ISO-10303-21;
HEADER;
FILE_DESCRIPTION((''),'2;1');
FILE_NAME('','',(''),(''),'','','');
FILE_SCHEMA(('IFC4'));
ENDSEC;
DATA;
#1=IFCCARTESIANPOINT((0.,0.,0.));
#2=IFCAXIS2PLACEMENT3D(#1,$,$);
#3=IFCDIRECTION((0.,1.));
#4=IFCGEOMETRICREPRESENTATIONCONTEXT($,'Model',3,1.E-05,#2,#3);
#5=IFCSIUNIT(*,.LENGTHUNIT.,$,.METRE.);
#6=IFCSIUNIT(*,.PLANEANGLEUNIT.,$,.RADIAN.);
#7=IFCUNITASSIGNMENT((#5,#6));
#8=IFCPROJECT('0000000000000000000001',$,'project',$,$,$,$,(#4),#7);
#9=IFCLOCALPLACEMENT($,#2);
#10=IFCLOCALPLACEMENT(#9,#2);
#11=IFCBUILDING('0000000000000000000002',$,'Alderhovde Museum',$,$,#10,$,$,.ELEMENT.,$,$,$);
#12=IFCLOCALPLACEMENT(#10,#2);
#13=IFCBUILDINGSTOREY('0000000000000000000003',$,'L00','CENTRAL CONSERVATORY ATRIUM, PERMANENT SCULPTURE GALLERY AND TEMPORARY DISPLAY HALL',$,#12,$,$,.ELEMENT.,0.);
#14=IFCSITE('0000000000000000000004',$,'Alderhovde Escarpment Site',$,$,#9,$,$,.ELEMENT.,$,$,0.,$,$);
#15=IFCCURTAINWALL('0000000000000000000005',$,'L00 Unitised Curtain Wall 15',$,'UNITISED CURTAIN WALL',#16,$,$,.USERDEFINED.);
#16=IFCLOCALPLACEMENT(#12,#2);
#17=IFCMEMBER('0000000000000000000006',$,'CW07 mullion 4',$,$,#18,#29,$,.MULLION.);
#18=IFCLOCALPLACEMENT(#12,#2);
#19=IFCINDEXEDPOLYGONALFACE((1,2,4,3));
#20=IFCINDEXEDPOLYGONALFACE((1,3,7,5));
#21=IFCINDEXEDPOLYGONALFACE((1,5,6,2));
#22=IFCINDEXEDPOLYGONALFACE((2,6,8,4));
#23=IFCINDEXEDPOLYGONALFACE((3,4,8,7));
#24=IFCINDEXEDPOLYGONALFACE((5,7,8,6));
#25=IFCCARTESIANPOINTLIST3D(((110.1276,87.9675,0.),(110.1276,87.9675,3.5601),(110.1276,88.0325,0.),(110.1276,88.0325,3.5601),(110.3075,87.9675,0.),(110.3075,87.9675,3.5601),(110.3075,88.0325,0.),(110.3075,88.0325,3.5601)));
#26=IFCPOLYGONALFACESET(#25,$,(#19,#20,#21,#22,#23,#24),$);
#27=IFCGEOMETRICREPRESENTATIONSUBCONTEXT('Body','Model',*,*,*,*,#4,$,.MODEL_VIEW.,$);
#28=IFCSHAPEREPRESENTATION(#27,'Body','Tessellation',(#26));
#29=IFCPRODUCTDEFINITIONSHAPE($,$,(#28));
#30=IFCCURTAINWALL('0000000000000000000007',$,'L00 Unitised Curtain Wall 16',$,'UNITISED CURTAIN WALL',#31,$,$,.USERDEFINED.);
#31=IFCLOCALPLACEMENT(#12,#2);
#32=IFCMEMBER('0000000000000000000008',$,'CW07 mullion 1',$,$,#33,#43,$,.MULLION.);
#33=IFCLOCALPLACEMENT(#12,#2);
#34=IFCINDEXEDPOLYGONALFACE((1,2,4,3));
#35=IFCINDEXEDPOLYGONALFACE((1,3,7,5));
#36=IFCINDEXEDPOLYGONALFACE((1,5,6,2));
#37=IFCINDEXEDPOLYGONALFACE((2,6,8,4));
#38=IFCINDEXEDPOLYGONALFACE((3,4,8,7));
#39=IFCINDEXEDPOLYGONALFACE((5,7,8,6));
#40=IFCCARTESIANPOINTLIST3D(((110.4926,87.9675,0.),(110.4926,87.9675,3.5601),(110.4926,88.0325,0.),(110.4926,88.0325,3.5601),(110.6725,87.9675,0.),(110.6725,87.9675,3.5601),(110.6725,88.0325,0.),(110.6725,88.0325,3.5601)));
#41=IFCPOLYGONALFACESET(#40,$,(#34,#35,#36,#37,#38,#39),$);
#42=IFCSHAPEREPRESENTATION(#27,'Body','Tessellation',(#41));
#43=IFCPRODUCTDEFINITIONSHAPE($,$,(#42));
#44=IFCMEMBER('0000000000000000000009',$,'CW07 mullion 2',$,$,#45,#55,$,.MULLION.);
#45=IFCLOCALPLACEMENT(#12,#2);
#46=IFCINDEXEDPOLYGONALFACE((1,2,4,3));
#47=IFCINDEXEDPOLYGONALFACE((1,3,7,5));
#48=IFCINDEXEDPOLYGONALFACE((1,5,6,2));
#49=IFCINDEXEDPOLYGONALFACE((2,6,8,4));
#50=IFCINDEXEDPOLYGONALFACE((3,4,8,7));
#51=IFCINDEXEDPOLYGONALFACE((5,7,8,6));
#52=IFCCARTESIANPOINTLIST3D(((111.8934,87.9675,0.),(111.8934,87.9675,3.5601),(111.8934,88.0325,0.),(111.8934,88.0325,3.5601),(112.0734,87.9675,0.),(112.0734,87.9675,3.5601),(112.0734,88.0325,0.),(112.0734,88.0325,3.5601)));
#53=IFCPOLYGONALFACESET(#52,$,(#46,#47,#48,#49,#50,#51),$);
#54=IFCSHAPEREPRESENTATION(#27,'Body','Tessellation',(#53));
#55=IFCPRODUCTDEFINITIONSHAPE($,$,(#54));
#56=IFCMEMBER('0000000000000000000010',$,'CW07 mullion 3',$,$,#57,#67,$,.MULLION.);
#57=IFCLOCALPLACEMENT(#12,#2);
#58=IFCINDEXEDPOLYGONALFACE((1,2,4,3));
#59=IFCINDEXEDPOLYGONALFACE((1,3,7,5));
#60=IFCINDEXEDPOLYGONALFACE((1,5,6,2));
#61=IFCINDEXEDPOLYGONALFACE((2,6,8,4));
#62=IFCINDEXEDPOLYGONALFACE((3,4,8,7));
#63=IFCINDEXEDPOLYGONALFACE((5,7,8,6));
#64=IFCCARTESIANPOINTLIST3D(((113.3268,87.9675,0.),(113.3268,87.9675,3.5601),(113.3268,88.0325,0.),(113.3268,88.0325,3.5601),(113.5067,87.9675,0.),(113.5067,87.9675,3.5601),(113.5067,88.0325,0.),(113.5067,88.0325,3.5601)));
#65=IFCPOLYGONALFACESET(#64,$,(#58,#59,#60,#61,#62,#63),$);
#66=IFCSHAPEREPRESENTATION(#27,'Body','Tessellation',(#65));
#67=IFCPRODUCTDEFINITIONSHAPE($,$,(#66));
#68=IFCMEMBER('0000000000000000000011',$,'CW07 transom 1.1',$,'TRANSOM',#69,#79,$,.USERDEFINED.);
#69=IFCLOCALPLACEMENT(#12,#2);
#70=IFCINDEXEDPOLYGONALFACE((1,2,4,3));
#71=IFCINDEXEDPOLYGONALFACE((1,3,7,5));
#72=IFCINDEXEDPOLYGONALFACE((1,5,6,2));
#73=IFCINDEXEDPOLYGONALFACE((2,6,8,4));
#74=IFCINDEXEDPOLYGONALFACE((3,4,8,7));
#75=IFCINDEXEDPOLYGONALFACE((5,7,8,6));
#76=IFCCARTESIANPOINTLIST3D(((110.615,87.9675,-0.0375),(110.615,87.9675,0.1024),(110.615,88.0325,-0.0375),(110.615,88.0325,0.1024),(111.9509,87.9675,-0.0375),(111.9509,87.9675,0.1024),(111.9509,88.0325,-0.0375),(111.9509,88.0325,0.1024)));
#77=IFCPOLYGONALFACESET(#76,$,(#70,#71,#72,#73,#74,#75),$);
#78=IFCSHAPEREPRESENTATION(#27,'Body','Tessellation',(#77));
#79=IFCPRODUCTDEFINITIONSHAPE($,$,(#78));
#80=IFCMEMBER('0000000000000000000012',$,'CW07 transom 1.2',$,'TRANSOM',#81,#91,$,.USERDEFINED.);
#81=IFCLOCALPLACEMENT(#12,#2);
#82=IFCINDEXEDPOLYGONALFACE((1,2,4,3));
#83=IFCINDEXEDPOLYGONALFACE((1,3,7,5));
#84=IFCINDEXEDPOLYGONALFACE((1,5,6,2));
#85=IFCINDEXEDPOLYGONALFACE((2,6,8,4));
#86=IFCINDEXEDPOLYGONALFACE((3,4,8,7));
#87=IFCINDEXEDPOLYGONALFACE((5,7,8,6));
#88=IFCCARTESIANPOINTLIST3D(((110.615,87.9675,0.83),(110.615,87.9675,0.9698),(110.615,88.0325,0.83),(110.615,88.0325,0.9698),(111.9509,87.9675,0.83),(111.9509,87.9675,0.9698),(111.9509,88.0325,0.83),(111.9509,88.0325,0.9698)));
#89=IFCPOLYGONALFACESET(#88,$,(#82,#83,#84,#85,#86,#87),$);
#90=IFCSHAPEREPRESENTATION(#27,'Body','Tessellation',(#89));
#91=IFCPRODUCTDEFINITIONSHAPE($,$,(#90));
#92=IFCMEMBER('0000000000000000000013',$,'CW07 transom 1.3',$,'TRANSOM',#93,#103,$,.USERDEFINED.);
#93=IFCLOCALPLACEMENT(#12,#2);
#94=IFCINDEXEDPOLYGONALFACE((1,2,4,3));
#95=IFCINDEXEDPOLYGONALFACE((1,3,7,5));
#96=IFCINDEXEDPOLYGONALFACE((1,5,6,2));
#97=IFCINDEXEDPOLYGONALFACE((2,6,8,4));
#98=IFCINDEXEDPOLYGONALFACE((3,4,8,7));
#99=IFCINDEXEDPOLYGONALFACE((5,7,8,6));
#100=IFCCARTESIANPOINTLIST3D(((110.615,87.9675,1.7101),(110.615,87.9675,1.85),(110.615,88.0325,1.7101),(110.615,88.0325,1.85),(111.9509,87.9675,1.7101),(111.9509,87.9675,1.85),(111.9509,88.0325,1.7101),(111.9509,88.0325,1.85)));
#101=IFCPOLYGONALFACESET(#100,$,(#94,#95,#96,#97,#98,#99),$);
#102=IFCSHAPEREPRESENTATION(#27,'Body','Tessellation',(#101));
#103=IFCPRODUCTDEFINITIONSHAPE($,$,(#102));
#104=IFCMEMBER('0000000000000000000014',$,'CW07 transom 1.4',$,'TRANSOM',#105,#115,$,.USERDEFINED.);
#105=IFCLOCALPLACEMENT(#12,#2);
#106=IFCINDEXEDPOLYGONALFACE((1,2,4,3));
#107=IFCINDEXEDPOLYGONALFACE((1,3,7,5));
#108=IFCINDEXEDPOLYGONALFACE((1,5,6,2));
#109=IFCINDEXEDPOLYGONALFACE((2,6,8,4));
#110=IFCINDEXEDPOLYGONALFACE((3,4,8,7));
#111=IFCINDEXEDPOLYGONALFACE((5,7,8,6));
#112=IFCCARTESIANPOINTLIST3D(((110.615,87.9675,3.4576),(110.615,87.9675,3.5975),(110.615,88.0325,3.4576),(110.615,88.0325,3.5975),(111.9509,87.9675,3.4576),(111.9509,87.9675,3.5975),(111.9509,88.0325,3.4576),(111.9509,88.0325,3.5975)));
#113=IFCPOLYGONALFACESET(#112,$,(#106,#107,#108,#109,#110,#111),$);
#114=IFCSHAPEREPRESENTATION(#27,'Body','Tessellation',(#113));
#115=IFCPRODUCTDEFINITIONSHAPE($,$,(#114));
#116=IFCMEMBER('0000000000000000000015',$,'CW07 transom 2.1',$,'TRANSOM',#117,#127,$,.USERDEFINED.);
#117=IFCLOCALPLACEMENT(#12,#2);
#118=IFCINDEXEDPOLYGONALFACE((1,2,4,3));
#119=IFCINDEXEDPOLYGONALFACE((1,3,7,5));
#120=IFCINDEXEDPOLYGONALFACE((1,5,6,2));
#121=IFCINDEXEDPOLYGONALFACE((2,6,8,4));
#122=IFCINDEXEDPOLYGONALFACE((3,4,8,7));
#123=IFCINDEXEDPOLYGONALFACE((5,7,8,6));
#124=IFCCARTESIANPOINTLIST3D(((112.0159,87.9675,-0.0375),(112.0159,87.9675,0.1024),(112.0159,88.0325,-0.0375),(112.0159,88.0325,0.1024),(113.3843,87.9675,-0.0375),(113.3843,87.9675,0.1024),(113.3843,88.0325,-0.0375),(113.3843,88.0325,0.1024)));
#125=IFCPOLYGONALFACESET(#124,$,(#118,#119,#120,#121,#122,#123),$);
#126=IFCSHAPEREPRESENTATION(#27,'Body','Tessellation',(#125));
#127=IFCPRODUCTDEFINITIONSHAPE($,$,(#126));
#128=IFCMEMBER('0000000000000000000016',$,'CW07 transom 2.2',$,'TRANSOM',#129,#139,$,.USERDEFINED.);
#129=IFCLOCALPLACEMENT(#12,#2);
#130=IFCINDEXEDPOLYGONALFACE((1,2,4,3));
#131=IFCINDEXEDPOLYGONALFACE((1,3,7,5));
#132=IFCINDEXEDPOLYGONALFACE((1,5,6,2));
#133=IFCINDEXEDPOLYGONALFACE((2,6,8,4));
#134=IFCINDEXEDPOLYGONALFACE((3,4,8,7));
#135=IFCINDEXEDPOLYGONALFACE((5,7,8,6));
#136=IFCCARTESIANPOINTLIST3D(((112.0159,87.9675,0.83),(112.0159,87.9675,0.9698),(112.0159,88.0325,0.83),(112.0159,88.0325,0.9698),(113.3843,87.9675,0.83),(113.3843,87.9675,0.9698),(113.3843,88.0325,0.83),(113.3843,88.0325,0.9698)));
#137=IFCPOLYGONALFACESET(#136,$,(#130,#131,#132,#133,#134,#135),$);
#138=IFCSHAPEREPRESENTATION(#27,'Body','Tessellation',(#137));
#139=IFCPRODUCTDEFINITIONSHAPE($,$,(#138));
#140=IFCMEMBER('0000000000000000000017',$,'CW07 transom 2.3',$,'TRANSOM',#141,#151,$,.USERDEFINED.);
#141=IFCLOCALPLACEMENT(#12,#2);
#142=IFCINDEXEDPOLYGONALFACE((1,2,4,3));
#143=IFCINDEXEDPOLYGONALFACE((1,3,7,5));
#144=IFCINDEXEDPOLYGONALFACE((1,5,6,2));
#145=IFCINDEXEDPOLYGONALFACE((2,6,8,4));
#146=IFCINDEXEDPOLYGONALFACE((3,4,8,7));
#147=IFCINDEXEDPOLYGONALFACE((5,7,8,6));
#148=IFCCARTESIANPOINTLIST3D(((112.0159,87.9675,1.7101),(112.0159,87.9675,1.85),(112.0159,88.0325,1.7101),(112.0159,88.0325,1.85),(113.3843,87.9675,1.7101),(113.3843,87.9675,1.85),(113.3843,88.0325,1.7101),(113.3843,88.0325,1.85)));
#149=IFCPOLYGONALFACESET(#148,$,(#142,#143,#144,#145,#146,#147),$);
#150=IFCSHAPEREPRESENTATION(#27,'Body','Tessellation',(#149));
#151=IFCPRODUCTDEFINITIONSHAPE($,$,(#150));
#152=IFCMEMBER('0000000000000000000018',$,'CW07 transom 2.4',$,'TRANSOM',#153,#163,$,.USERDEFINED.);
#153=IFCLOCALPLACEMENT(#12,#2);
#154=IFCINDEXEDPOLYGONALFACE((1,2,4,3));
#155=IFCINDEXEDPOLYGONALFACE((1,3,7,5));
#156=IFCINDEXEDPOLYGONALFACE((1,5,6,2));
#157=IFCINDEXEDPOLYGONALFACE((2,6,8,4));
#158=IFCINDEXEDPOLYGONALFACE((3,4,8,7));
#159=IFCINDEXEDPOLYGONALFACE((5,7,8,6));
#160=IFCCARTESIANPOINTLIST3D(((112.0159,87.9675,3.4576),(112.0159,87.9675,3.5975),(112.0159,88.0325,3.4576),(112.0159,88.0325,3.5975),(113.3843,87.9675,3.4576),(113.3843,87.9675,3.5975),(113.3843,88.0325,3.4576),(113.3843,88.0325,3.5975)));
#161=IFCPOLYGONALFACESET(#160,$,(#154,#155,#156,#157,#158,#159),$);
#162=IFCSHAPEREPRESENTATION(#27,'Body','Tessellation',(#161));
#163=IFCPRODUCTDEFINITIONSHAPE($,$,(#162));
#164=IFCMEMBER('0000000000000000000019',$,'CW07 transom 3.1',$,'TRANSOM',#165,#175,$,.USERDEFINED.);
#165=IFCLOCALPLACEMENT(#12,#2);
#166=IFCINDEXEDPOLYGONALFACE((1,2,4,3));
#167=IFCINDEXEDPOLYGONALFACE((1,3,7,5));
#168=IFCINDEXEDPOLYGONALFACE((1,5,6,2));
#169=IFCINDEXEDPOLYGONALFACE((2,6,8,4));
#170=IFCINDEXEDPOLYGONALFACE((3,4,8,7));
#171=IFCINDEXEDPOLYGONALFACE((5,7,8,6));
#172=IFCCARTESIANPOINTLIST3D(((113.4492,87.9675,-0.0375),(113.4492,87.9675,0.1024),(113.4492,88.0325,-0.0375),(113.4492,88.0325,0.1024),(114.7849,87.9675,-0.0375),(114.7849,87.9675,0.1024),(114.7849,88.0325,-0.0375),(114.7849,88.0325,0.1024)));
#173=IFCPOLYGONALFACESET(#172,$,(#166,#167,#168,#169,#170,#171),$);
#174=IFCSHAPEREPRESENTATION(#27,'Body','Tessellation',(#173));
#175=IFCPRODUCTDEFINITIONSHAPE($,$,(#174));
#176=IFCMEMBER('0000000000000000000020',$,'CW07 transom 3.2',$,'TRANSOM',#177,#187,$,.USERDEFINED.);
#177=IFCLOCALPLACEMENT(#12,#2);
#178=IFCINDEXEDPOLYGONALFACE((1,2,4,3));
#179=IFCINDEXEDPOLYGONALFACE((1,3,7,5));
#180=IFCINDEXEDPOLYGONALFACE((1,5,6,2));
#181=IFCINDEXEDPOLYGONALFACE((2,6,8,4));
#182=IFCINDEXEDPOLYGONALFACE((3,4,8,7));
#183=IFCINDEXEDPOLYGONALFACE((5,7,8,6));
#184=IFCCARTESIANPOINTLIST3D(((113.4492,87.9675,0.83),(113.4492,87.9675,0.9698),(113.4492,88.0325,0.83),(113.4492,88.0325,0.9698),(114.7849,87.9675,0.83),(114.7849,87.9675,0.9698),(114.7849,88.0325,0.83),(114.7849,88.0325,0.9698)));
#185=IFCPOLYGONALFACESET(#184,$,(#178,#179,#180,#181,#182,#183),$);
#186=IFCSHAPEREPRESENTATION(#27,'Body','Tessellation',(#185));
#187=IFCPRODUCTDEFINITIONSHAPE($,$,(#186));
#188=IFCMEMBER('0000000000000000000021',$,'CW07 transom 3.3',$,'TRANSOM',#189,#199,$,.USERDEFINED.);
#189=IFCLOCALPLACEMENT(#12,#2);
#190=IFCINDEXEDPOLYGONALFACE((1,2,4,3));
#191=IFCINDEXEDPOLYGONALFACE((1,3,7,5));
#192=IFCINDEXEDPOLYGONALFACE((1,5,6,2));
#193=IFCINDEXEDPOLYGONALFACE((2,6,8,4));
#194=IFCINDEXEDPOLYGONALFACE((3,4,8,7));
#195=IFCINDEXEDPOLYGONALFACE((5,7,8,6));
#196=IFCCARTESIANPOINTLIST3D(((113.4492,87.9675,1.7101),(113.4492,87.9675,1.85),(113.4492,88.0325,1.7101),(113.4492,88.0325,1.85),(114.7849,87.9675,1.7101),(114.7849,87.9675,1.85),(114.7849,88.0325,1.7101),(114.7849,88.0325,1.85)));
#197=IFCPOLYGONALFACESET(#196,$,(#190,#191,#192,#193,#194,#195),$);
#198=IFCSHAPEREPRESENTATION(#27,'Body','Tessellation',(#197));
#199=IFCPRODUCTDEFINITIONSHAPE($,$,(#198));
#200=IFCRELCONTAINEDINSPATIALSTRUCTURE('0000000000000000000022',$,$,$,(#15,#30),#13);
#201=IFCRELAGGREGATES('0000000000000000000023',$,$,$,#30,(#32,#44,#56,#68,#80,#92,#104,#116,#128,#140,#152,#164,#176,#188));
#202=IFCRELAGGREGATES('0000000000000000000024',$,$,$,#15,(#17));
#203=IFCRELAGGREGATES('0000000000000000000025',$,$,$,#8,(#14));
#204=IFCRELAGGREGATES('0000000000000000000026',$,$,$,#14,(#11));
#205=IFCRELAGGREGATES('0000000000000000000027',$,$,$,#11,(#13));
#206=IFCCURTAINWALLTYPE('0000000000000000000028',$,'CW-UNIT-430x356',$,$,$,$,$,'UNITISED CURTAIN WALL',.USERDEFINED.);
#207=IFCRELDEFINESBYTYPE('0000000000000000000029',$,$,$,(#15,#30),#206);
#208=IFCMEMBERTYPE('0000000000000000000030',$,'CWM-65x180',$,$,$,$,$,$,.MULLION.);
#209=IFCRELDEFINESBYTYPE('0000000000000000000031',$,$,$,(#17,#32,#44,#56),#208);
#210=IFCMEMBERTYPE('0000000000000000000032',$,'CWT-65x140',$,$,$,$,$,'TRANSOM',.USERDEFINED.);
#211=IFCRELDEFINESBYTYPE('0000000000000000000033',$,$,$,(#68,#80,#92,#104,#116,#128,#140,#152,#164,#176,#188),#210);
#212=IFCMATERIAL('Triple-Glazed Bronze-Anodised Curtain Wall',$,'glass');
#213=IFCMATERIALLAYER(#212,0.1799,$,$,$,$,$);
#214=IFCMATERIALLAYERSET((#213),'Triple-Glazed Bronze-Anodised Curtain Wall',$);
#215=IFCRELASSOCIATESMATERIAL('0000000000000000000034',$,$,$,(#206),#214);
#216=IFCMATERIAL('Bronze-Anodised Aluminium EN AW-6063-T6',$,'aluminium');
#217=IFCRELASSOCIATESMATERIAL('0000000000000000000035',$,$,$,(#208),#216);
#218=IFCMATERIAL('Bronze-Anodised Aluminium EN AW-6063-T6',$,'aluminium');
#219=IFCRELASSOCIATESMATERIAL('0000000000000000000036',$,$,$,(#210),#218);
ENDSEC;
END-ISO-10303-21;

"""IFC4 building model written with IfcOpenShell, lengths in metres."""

from ifc_helpers import new_model, si_unit, direction, frame, origin, origin_2d, place, context, subcontext, project, spatial, rectangle, extrude, material, layer, layer_set, material_profile, profile_set, type_object, element, aggregate, save


model = new_model("IFC4")

# Units and contexts
model_context = context("Model", 3, precision=1e-05, world=origin(), true_north=direction((0.0, 1.0)))
body_context = subcontext(model_context, "Body", "Model", "MODEL_VIEW")
ifc_project = project(units=[si_unit("LENGTHUNIT", "METRE"), si_unit("PLANEANGLEUNIT", "RADIAN")], contexts=[model_context])

# Site, building, storey
site_placement = place(None, origin())
site = spatial("IfcSite", under=ifc_project, at=site_placement, Name="Alderhovde Escarpment Site", CompositionType="ELEMENT", RefElevation=0.0)
building_placement = place(site_placement, origin())
building = spatial("IfcBuilding", under=site, at=building_placement, Name="Alderhovde Museum", CompositionType="ELEMENT")
storey_placement = place(building_placement, origin())
storey = spatial("IfcBuildingStorey", under=building, at=storey_placement, Name="L00", Description="CENTRAL CONSERVATORY ATRIUM, PERMANENT SCULPTURE GALLERY AND TEMPORARY DISPLAY HALL", CompositionType="ELEMENT", Elevation=0.0)

# Curtain wall, member
ifc_material_1 = material(Name="Triple-Glazed Bronze-Anodised Curtain Wall", Category="glass")
ifc_layer_1 = layer(ifc_material_1, 0.1799)
ifc_layer_set_1 = layer_set([ifc_layer_1], Name="Triple-Glazed Bronze-Anodised Curtain Wall")
curtain_wall_type = type_object("IfcCurtainWallType", Name="CW-UNIT-430x356", ElementType="UNITISED CURTAIN WALL", PredefinedType="USERDEFINED", material=ifc_layer_set_1)
curtain_wall_1_placement = place(storey_placement, origin())
curtain_wall_1 = element("IfcCurtainWall", 1, at=curtain_wall_1_placement, inside=storey, type_object=curtain_wall_type, Name="L00 Unitised Curtain Wall 15", ObjectType="UNITISED CURTAIN WALL", PredefinedType="USERDEFINED")
ifc_material_2 = material(Name="Bronze-Anodised Aluminium EN AW-6063-T6", Category="aluminium")
ifc_material_profile_1 = material_profile(ifc_material_2, rectangle(XDim=0.0649, YDim=0.1799, at=origin_2d()), Name="MULLION 65x180")
ifc_profile_set_1 = profile_set([ifc_material_profile_1], Name="Bronze-Anodised Aluminium EN AW-6063-T6")
member_type_1 = type_object("IfcMemberType", Name="CWM-65x180", PredefinedType="MULLION", material=ifc_profile_set_1)
member_1_placement = place(storey_placement, frame((110.2175, 88.0, 0.0), z_axis=(0.0, 0.0, 1.0), x_axis=(0.0, 1.0, 0.0)))
member_1 = element("IfcMember", 2, at=member_1_placement, type_object=member_type_1, Name="CW07 mullion 4", PredefinedType="MULLION", context=body_context, shape_type="SweptSolid", body=[
    extrude(rectangle(XDim=0.0649, YDim=0.1799, at=origin_2d()), origin(), (0.0, 0.0, 1.0), 3.5601),
])

# Curtain wall, members
curtain_wall_2_placement = place(storey_placement, origin())
curtain_wall_2 = element("IfcCurtainWall", 3, at=curtain_wall_2_placement, inside=storey, type_object=curtain_wall_type, Name="L00 Unitised Curtain Wall 16", ObjectType="UNITISED CURTAIN WALL", PredefinedType="USERDEFINED")
member_2_placement = place(storey_placement, frame((110.5825, 88.0, 0.0), z_axis=(0.0, 0.0, 1.0), x_axis=(0.0, 1.0, 0.0)))
member_2 = element("IfcMember", 4, at=member_2_placement, type_object=member_type_1, Name="CW07 mullion 1", PredefinedType="MULLION", context=body_context, shape_type="SweptSolid", body=[
    extrude(rectangle(XDim=0.0649, YDim=0.1799, at=origin_2d()), origin(), (0.0, 0.0, 1.0), 3.5601),
])
member_3_placement = place(storey_placement, frame((111.9834, 88.0, 0.0), z_axis=(0.0, 0.0, 1.0), x_axis=(0.0, 1.0, 0.0)))
member_3 = element("IfcMember", 5, at=member_3_placement, type_object=member_type_1, Name="CW07 mullion 2", PredefinedType="MULLION", context=body_context, shape_type="SweptSolid", body=[
    extrude(rectangle(XDim=0.0649, YDim=0.1799, at=origin_2d()), origin(), (0.0, 0.0, 1.0), 3.5601),
])
member_4_placement = place(storey_placement, frame((113.4167, 88.0, 0.0), z_axis=(0.0, 0.0, 1.0), x_axis=(0.0, 1.0, 0.0)))
member_4 = element("IfcMember", 6, at=member_4_placement, type_object=member_type_1, Name="CW07 mullion 3", PredefinedType="MULLION", context=body_context, shape_type="SweptSolid", body=[
    extrude(rectangle(XDim=0.0649, YDim=0.1799, at=origin_2d()), origin(), (0.0, 0.0, 1.0), 3.5601),
])
ifc_material_3 = material(Name="Bronze-Anodised Aluminium EN AW-6063-T6", Category="aluminium")
ifc_material_profile_2 = material_profile(ifc_material_3, rectangle(XDim=0.0649, YDim=0.1399, at=origin_2d()), Name="TRANSOM 65x140")
ifc_profile_set_2 = profile_set([ifc_material_profile_2], Name="Bronze-Anodised Aluminium EN AW-6063-T6")
member_type_2 = type_object("IfcMemberType", Name="CWT-65x140", ElementType="TRANSOM", PredefinedType="USERDEFINED", material=ifc_profile_set_2)
member_5_placement = place(storey_placement, frame((110.615, 88.0, 0.0325), z_axis=(1.0, 0.0, 0.0), x_axis=(0.0, 1.0, 0.0)))
member_5 = element("IfcMember", 7, at=member_5_placement, type_object=member_type_2, Name="CW07 transom 1.1", ObjectType="TRANSOM", PredefinedType="USERDEFINED", context=body_context, shape_type="SweptSolid", body=[
    extrude(rectangle(XDim=0.0649, YDim=0.1399, at=origin_2d()), origin(), (0.0, 0.0, 1.0), 1.3359),
])
member_6_placement = place(storey_placement, frame((110.615, 88.0, 0.8999), z_axis=(1.0, 0.0, 0.0), x_axis=(0.0, 1.0, 0.0)))
member_6 = element("IfcMember", 8, at=member_6_placement, type_object=member_type_2, Name="CW07 transom 1.2", ObjectType="TRANSOM", PredefinedType="USERDEFINED", context=body_context, shape_type="SweptSolid", body=[
    extrude(rectangle(XDim=0.0649, YDim=0.1399, at=origin_2d()), origin(), (0.0, 0.0, 1.0), 1.3359),
])
member_7_placement = place(storey_placement, frame((110.615, 88.0, 1.78), z_axis=(1.0, 0.0, 0.0), x_axis=(0.0, 1.0, 0.0)))
member_7 = element("IfcMember", 9, at=member_7_placement, type_object=member_type_2, Name="CW07 transom 1.3", ObjectType="TRANSOM", PredefinedType="USERDEFINED", context=body_context, shape_type="SweptSolid", body=[
    extrude(rectangle(XDim=0.0649, YDim=0.1399, at=origin_2d()), origin(), (0.0, 0.0, 1.0), 1.3359),
])
member_8_placement = place(storey_placement, frame((110.615, 88.0, 3.5276), z_axis=(1.0, 0.0, 0.0), x_axis=(0.0, 1.0, 0.0)))
member_8 = element("IfcMember", 10, at=member_8_placement, type_object=member_type_2, Name="CW07 transom 1.4", ObjectType="TRANSOM", PredefinedType="USERDEFINED", context=body_context, shape_type="SweptSolid", body=[
    extrude(rectangle(XDim=0.0649, YDim=0.1399, at=origin_2d()), origin(), (0.0, 0.0, 1.0), 1.3359),
])
member_9_placement = place(storey_placement, frame((112.0159, 88.0, 0.0325), z_axis=(1.0, 0.0, 0.0), x_axis=(0.0, 1.0, 0.0)))
member_9 = element("IfcMember", 11, at=member_9_placement, type_object=member_type_2, Name="CW07 transom 2.1", ObjectType="TRANSOM", PredefinedType="USERDEFINED", context=body_context, shape_type="SweptSolid", body=[
    extrude(rectangle(XDim=0.0649, YDim=0.1399, at=origin_2d()), origin(), (0.0, 0.0, 1.0), 1.3684),
])
member_10_placement = place(storey_placement, frame((112.0159, 88.0, 0.8999), z_axis=(1.0, 0.0, 0.0), x_axis=(0.0, 1.0, 0.0)))
member_10 = element("IfcMember", 12, at=member_10_placement, type_object=member_type_2, Name="CW07 transom 2.2", ObjectType="TRANSOM", PredefinedType="USERDEFINED", context=body_context, shape_type="SweptSolid", body=[
    extrude(rectangle(XDim=0.0649, YDim=0.1399, at=origin_2d()), origin(), (0.0, 0.0, 1.0), 1.3684),
])
member_11_placement = place(storey_placement, frame((112.0159, 88.0, 1.78), z_axis=(1.0, 0.0, 0.0), x_axis=(0.0, 1.0, 0.0)))
member_11 = element("IfcMember", 13, at=member_11_placement, type_object=member_type_2, Name="CW07 transom 2.3", ObjectType="TRANSOM", PredefinedType="USERDEFINED", context=body_context, shape_type="SweptSolid", body=[
    extrude(rectangle(XDim=0.0649, YDim=0.1399, at=origin_2d()), origin(), (0.0, 0.0, 1.0), 1.3684),
])
member_12_placement = place(storey_placement, frame((112.0159, 88.0, 3.5276), z_axis=(1.0, 0.0, 0.0), x_axis=(0.0, 1.0, 0.0)))
member_12 = element("IfcMember", 14, at=member_12_placement, type_object=member_type_2, Name="CW07 transom 2.4", ObjectType="TRANSOM", PredefinedType="USERDEFINED", context=body_context, shape_type="SweptSolid", body=[
    extrude(rectangle(XDim=0.0649, YDim=0.1399, at=origin_2d()), origin(), (0.0, 0.0, 1.0), 1.3684),
])
member_13_placement = place(storey_placement, frame((113.4492, 88.0, 0.0325), z_axis=(1.0, 0.0, 0.0), x_axis=(0.0, 1.0, 0.0)))
member_13 = element("IfcMember", 15, at=member_13_placement, type_object=member_type_2, Name="CW07 transom 3.1", ObjectType="TRANSOM", PredefinedType="USERDEFINED", context=body_context, shape_type="SweptSolid", body=[
    extrude(rectangle(XDim=0.0649, YDim=0.1399, at=origin_2d()), origin(), (0.0, 0.0, 1.0), 1.3357),
])
member_14_placement = place(storey_placement, frame((113.4492, 88.0, 0.8999), z_axis=(1.0, 0.0, 0.0), x_axis=(0.0, 1.0, 0.0)))
member_14 = element("IfcMember", 16, at=member_14_placement, type_object=member_type_2, Name="CW07 transom 3.2", ObjectType="TRANSOM", PredefinedType="USERDEFINED", context=body_context, shape_type="SweptSolid", body=[
    extrude(rectangle(XDim=0.0649, YDim=0.1399, at=origin_2d()), origin(), (0.0, 0.0, 1.0), 1.3357),
])
member_15_placement = place(storey_placement, frame((113.4492, 88.0, 1.78), z_axis=(1.0, 0.0, 0.0), x_axis=(0.0, 1.0, 0.0)))
member_15 = element("IfcMember", 17, at=member_15_placement, type_object=member_type_2, Name="CW07 transom 3.3", ObjectType="TRANSOM", PredefinedType="USERDEFINED", context=body_context, shape_type="SweptSolid", body=[
    extrude(rectangle(XDim=0.0649, YDim=0.1399, at=origin_2d()), origin(), (0.0, 0.0, 1.0), 1.3357),
])

aggregate(curtain_wall_2, [member_2, member_3, member_4, member_5, member_6, member_7, member_8, member_9, member_10, member_11, member_12, member_13, member_14, member_15])
aggregate(curtain_wall_1, [member_1])

save(model, "model.ifc")
